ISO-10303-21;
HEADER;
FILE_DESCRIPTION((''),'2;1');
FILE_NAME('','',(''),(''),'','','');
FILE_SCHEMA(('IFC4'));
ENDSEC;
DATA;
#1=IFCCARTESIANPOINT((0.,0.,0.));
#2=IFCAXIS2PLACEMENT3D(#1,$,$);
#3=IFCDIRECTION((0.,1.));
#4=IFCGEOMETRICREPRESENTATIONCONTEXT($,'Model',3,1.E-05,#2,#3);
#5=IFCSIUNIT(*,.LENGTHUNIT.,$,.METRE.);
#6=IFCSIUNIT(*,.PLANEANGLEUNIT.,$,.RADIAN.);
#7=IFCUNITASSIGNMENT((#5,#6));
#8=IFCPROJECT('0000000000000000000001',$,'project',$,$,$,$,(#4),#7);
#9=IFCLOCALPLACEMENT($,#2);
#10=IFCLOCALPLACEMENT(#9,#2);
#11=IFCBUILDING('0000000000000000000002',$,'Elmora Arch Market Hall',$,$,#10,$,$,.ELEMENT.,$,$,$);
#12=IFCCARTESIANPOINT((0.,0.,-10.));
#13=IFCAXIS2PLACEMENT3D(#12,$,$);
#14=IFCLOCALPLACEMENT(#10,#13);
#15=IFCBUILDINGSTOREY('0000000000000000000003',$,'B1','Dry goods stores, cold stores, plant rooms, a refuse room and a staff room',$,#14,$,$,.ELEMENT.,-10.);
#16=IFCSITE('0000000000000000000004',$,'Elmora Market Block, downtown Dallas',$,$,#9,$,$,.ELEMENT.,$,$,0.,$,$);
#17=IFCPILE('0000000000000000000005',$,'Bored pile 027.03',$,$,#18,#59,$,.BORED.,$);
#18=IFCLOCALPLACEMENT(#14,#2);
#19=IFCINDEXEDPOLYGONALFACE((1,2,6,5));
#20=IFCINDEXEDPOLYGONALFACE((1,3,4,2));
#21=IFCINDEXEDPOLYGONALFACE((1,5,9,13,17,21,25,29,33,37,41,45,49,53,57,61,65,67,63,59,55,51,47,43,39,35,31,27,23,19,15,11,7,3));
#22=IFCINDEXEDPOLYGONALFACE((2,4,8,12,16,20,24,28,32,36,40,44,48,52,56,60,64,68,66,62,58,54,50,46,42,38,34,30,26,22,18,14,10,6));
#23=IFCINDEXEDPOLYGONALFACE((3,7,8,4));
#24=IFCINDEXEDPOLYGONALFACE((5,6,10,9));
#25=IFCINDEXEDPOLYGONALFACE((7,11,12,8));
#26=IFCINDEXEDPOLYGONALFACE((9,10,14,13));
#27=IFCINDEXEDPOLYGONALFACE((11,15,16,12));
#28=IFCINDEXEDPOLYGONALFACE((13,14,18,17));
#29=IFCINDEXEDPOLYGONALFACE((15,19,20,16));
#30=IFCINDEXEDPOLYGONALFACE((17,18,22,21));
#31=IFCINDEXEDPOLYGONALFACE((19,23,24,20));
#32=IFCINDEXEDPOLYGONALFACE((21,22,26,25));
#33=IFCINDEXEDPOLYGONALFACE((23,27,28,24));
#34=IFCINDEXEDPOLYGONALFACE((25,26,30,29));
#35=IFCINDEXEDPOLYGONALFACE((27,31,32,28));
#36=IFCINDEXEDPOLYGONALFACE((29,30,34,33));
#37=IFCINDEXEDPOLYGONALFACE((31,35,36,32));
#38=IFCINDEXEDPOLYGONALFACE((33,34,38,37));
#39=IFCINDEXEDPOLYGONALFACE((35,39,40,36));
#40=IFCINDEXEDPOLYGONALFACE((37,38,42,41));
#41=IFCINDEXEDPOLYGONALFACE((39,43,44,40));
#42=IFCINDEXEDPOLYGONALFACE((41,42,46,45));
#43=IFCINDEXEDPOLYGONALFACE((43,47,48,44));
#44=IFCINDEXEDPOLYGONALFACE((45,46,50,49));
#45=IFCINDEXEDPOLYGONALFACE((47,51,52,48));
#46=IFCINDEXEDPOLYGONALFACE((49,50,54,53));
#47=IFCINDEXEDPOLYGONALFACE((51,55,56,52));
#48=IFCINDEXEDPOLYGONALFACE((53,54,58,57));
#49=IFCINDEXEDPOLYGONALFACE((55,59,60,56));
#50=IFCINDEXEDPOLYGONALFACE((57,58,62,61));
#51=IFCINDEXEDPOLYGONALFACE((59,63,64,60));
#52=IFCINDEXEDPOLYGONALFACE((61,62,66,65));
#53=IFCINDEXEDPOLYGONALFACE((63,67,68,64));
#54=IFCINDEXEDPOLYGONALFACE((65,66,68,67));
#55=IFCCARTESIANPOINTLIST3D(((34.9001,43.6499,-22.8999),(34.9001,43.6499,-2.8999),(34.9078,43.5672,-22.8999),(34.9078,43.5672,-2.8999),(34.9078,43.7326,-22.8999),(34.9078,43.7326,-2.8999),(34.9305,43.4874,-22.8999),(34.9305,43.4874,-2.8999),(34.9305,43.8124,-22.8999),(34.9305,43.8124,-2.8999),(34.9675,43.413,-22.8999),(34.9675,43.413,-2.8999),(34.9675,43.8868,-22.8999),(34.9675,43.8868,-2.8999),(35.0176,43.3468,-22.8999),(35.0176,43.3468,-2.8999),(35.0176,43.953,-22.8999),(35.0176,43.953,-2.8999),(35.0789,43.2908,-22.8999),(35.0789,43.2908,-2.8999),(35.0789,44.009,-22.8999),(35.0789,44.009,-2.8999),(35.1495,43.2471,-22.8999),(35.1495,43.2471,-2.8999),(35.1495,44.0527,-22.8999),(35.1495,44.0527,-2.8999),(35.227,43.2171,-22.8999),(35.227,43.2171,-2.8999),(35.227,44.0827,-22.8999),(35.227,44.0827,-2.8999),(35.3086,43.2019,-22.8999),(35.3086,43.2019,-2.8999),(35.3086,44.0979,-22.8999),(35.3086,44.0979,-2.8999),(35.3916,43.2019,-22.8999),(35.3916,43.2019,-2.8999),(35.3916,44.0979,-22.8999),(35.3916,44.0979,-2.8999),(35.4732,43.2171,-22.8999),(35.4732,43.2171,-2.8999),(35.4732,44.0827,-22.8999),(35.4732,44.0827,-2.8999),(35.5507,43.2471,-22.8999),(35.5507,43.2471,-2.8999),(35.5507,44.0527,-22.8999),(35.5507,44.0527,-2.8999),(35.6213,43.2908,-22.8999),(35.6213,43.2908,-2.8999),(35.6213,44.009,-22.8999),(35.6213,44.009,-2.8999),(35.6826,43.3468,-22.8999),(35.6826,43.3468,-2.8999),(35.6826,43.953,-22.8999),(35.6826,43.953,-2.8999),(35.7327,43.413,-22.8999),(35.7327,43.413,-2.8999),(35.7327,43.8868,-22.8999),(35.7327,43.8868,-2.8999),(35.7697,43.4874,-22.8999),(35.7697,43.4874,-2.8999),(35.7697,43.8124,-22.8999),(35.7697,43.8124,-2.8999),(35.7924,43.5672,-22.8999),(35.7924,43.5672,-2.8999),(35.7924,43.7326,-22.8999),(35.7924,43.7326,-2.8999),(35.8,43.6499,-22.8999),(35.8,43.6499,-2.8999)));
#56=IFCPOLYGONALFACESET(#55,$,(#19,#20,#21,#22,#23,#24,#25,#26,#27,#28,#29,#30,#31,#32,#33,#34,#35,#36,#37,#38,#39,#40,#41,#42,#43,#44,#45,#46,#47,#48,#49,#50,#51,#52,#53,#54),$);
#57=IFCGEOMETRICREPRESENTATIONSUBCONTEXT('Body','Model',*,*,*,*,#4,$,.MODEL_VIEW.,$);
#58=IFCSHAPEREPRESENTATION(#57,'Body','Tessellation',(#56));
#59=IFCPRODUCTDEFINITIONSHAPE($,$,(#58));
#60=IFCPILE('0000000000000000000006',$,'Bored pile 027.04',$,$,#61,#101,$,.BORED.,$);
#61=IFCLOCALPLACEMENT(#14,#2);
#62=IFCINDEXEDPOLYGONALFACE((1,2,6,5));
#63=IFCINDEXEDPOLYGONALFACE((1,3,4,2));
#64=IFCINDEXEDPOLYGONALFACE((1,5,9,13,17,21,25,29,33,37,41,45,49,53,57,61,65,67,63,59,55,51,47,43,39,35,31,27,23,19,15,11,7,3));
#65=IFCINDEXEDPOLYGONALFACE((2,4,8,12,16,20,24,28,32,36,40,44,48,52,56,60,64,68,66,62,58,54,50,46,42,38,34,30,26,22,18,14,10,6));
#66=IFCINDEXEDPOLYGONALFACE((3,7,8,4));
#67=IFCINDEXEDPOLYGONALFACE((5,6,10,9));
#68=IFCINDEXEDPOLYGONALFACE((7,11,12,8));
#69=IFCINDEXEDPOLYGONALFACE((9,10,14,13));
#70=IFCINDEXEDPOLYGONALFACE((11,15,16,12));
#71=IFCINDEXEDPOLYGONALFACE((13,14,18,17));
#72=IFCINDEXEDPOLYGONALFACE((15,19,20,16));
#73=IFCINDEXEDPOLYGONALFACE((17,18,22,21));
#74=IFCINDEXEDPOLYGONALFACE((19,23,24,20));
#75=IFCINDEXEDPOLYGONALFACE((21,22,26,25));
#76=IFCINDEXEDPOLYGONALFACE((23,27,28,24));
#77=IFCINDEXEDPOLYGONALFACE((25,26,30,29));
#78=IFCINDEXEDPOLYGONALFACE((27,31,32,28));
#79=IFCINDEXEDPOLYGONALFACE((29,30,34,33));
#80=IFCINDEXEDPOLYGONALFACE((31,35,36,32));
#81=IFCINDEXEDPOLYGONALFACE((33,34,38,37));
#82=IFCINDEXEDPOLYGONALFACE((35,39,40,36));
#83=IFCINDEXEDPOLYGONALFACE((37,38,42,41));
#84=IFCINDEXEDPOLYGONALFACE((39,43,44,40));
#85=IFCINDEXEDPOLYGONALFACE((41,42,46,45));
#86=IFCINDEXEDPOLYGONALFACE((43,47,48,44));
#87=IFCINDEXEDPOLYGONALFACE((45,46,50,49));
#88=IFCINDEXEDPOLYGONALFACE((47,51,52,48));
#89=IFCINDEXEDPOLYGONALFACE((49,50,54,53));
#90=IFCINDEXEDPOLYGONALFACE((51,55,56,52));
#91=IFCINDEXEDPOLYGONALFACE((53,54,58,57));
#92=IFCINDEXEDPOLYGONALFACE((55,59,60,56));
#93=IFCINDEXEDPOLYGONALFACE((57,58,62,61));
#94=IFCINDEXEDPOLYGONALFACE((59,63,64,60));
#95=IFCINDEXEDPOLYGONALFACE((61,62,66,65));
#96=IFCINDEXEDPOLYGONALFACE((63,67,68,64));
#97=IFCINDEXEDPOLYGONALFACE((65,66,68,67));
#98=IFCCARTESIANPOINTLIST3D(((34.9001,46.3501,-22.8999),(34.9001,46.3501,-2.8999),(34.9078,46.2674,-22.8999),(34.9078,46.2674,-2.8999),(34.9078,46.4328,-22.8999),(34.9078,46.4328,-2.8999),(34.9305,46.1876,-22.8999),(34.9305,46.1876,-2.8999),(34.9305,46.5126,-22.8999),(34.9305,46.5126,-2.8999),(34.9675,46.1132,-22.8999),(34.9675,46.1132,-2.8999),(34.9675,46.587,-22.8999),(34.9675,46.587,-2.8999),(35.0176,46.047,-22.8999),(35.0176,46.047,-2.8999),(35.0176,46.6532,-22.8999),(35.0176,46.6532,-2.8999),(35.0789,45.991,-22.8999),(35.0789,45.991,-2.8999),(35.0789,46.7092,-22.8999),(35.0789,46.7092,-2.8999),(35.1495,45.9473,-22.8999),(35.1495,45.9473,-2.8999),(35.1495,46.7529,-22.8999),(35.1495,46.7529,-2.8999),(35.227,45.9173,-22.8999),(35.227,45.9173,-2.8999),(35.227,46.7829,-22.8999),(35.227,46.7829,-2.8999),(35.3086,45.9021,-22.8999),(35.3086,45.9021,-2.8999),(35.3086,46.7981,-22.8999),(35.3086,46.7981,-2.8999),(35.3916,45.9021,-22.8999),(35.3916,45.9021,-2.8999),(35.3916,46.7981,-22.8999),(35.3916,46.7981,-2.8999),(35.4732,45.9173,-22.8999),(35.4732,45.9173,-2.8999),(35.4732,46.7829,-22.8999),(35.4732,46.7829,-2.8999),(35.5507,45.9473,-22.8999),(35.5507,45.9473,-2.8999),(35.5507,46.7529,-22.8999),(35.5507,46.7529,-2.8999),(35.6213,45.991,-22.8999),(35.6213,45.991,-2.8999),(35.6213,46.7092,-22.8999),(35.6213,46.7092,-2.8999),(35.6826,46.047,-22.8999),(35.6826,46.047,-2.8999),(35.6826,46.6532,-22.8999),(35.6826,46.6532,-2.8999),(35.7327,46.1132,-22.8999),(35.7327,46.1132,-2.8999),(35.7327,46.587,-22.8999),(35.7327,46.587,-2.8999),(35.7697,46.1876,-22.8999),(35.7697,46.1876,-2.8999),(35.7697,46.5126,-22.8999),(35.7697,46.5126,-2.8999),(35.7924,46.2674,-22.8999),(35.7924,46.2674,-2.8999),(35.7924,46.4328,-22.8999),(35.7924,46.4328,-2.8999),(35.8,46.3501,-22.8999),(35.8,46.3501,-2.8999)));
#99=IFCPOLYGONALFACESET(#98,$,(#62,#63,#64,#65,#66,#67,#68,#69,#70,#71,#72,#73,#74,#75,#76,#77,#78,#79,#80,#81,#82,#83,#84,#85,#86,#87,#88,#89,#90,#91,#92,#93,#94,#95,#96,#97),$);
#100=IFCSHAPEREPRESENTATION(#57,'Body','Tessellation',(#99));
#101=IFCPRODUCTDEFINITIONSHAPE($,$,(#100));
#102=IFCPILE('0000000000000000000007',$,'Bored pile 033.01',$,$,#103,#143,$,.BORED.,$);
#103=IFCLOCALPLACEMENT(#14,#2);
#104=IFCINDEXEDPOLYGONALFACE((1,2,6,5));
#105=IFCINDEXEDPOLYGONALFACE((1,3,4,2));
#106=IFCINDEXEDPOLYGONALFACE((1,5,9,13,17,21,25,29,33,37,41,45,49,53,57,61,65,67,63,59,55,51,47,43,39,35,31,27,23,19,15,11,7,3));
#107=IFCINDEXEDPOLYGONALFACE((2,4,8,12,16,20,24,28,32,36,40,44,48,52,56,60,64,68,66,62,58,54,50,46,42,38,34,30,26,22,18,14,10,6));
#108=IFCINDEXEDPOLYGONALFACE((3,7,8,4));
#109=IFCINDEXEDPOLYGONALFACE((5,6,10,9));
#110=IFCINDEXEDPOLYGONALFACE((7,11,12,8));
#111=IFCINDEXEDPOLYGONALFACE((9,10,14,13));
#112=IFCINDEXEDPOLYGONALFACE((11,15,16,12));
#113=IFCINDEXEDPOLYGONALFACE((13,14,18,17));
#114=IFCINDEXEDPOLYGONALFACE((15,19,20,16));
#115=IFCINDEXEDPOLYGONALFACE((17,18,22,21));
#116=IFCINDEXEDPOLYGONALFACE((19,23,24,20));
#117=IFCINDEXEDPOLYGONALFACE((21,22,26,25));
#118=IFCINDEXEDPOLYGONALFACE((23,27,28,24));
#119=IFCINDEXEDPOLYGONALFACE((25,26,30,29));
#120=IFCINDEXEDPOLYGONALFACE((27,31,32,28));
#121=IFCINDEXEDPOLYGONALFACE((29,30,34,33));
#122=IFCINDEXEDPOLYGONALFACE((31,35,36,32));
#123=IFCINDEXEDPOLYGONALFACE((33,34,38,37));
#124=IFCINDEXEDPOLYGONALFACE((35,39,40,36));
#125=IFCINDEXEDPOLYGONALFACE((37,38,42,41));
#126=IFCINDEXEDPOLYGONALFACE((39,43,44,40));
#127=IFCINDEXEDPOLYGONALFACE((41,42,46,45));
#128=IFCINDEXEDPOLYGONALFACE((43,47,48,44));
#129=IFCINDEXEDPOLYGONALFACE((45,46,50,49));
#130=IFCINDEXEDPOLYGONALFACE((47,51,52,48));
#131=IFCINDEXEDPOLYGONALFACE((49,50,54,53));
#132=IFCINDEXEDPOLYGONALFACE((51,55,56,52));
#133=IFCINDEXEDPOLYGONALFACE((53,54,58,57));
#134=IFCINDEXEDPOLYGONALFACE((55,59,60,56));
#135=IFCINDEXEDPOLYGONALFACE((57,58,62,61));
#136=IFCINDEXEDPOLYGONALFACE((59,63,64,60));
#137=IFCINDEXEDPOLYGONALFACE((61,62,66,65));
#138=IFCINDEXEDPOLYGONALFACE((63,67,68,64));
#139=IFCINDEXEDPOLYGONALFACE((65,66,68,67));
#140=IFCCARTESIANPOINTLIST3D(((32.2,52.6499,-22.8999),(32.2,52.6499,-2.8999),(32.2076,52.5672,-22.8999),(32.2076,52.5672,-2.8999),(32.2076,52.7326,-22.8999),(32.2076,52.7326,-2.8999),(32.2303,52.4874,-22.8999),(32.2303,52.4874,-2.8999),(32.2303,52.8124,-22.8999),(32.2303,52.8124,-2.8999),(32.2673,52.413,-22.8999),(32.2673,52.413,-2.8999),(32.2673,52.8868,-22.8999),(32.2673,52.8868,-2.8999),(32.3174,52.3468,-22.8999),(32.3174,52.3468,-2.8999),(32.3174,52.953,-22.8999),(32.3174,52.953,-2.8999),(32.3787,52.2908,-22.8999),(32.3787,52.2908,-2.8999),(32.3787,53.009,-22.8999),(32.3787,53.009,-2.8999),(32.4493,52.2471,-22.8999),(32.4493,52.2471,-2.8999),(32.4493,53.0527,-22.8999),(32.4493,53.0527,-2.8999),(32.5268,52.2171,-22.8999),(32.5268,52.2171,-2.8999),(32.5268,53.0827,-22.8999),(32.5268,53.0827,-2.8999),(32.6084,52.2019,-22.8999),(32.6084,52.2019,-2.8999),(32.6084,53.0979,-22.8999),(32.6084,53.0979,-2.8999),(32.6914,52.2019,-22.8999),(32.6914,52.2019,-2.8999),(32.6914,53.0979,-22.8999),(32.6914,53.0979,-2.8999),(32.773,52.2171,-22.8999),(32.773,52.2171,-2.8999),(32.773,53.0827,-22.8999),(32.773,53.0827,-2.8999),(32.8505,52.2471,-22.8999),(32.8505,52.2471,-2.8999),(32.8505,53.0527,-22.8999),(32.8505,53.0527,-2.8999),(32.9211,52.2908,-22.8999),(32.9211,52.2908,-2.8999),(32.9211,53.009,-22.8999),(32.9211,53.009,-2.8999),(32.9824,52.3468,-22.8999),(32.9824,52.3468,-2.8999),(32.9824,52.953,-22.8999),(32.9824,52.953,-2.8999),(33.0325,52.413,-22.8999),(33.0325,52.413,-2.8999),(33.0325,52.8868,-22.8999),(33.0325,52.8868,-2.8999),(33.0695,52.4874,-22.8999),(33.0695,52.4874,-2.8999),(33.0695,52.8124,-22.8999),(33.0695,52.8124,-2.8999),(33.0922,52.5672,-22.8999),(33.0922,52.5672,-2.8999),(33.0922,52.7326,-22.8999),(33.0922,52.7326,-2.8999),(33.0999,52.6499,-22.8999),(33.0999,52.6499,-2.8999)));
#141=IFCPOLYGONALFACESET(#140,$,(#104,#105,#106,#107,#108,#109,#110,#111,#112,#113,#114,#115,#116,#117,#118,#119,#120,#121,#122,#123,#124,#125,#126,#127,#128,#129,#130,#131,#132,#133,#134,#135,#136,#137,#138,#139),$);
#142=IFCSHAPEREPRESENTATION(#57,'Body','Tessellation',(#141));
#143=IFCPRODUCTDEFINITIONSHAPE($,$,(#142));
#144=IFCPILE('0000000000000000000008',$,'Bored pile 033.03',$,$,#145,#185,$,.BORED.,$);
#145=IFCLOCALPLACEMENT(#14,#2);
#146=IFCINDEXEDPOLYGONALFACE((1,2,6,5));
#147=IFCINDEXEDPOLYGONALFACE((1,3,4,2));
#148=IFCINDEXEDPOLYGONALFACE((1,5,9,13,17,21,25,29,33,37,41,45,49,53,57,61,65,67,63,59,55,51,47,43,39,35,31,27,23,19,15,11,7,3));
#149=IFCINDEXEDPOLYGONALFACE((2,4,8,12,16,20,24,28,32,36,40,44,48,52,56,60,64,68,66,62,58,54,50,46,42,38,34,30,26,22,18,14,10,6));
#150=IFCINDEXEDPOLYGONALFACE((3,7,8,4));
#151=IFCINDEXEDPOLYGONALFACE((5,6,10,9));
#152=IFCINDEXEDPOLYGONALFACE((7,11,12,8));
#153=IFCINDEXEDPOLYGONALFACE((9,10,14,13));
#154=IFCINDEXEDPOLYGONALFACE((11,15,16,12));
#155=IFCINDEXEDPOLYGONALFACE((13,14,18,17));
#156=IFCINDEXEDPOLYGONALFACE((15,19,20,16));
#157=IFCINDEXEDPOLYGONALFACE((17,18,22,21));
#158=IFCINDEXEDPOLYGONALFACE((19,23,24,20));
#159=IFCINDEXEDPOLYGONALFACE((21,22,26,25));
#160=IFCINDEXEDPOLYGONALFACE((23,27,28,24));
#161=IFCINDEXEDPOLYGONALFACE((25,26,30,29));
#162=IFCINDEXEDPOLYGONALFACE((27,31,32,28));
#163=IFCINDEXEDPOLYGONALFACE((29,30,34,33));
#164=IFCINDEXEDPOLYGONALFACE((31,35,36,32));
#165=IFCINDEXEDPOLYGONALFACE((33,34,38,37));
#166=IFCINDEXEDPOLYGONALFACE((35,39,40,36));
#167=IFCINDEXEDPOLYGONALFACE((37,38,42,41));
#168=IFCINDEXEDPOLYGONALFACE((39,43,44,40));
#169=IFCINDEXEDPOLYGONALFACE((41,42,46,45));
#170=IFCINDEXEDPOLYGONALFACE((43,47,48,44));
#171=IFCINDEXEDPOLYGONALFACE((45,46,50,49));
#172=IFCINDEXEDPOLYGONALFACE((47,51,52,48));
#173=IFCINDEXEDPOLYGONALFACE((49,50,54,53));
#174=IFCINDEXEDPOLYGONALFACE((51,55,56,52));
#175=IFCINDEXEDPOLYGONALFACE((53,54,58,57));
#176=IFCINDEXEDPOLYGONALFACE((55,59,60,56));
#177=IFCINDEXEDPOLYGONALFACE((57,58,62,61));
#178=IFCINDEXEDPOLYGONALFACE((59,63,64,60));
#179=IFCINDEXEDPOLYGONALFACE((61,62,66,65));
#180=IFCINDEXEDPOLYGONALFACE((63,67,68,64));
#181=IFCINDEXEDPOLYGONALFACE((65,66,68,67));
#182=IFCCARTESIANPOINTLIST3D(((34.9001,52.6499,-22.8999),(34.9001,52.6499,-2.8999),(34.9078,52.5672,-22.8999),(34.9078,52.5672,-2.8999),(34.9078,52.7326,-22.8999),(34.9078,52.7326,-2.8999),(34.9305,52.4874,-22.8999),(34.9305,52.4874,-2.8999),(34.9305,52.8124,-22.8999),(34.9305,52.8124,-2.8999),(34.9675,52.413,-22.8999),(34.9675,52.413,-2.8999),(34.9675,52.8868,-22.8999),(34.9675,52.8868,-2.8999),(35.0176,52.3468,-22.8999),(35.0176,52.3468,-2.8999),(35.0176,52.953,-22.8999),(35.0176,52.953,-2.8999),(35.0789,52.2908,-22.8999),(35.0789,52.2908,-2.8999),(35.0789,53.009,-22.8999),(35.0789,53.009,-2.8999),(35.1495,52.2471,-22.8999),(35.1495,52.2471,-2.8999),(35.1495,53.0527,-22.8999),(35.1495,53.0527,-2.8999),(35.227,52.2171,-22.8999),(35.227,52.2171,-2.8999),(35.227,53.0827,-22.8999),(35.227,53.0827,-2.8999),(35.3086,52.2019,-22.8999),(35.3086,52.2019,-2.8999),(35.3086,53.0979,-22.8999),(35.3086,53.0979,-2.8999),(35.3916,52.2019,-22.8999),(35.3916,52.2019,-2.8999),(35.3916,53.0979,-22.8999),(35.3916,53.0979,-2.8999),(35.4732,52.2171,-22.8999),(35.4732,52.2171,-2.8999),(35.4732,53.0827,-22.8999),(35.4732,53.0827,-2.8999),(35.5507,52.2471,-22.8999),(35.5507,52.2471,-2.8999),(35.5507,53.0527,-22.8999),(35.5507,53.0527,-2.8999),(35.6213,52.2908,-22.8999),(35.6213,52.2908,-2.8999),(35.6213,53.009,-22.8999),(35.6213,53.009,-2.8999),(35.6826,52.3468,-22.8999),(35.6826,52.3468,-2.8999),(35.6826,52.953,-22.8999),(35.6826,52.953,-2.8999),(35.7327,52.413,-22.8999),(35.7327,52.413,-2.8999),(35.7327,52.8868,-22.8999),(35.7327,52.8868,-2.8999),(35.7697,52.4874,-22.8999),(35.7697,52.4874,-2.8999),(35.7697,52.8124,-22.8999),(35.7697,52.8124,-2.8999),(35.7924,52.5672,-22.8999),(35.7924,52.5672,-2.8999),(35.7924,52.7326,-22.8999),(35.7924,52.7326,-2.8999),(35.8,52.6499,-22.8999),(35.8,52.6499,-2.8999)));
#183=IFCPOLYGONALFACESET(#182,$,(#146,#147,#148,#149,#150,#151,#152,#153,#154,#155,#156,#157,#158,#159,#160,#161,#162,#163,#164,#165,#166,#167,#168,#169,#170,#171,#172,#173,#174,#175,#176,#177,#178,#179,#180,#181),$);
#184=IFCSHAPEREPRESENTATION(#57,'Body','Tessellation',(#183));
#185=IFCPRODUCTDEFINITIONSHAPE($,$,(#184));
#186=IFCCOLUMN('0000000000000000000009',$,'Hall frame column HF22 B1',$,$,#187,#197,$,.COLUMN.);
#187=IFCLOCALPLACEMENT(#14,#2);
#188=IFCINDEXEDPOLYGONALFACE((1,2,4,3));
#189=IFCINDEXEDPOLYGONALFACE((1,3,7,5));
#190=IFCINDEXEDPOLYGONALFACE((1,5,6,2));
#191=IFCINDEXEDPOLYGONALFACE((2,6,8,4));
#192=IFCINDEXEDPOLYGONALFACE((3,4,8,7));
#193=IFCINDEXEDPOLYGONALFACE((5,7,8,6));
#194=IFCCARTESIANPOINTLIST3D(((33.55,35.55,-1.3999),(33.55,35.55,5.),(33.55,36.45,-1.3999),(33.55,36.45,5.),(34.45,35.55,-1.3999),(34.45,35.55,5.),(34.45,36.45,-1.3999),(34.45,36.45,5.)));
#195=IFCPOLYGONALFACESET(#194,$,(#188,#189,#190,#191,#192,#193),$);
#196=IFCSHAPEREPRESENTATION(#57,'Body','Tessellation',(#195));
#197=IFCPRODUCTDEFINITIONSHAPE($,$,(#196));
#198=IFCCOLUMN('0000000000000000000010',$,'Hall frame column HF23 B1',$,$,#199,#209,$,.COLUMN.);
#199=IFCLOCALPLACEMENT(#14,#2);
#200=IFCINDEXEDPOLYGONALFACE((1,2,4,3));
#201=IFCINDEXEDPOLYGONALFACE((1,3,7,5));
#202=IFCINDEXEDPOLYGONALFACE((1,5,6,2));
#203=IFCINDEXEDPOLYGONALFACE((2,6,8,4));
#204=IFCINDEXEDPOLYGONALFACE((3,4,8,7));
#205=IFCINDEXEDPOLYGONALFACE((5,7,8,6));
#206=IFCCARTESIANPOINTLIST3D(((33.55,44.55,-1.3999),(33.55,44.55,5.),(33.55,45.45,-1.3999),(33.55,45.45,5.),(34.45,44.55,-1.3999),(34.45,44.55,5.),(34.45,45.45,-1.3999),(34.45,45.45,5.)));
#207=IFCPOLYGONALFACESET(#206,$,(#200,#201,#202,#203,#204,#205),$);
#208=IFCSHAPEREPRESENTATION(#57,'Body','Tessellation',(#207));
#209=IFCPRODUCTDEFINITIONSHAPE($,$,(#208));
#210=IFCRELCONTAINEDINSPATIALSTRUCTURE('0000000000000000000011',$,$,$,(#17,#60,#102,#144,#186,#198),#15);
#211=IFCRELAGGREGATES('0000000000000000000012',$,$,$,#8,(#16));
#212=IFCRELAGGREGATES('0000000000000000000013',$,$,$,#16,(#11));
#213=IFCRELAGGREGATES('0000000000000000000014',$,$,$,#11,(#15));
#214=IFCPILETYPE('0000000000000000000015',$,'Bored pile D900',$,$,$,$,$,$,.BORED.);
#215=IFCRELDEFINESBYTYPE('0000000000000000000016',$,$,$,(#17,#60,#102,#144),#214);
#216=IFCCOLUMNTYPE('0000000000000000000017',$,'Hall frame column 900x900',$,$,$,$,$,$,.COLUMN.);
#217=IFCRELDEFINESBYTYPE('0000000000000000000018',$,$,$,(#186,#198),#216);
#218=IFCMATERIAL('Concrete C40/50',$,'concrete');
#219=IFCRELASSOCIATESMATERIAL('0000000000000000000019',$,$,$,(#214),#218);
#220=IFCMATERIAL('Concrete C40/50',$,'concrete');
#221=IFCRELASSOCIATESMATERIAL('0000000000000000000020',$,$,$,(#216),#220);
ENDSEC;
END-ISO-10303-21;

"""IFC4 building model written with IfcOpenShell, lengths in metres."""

from ifc_helpers import new_model, si_unit, direction, frame, origin, origin_2d, place, context, subcontext, project, spatial, rectangle, circle, extrude, material, material_profile, profile_set, type_object, element, save


model = new_model("IFC4")

# Units and contexts
model_context = context("Model", 3, precision=1e-05, world=origin(), true_north=direction((0.0, 1.0)))
body_context = subcontext(model_context, "Body", "Model", "MODEL_VIEW")
ifc_project = project(units=[si_unit("LENGTHUNIT", "METRE"), si_unit("PLANEANGLEUNIT", "RADIAN")], contexts=[model_context])

# Site, building, storey
site_placement = place(None, origin())
site = spatial("IfcSite", under=ifc_project, at=site_placement, Name="Elmora Market Block, downtown Dallas", CompositionType="ELEMENT", RefElevation=0.0)
building_placement = place(site_placement, origin())
building = spatial("IfcBuilding", under=site, at=building_placement, Name="Elmora Arch Market Hall", CompositionType="ELEMENT")
storey_placement = place(building_placement, frame((0.0, 0.0, -10.0)))
storey = spatial("IfcBuildingStorey", under=building, at=storey_placement, Name="B1", Description="Dry goods stores, cold stores, plant rooms, a refuse room and a staff room", CompositionType="ELEMENT", Elevation=-10.0)

# Piles
ifc_material_1 = material(Name="Concrete C40/50", Category="concrete")
ifc_material_profile_1 = material_profile(ifc_material_1, circle(Radius=0.45, at=origin_2d()), Name="Bored pile D900")
ifc_profile_set_1 = profile_set([ifc_material_profile_1], Name="Concrete C40/50")
pile_type = type_object("IfcPileType", Name="Bored pile D900", PredefinedType="BORED", material=ifc_profile_set_1)
for number, where, z_axis, x_axis, name in (
    (1, (35.3501, 43.6499, -2.8999), (0.0, 0.0, -1.0), (1.0, 0.0, 0.0), "Bored pile 027.03"),
    (2, (35.3501, 46.3501, -2.8999), (0.0, 0.0, -1.0), (1.0, 0.0, 0.0), "Bored pile 027.04"),
    (3, (32.6499, 52.6499, -2.8999), (0.0, 0.0, -1.0), (1.0, 0.0, 0.0), "Bored pile 033.01"),
    (4, (35.3501, 52.6499, -2.8999), (0.0, 0.0, -1.0), (1.0, 0.0, 0.0), "Bored pile 033.03"),
):
    element("IfcPile", number, at=place(storey_placement, frame(where, z_axis=z_axis, x_axis=x_axis)), inside=storey, type_object=pile_type, Name=name, PredefinedType="BORED", context=body_context, shape_type="SweptSolid", body=[
        extrude(circle(Radius=0.45, at=origin_2d()), origin(), (0.0, 0.0, 1.0), 20.0),
    ])

# Columns
ifc_material_2 = material(Name="Concrete C40/50", Category="concrete")
ifc_material_profile_2 = material_profile(ifc_material_2, rectangle(XDim=0.8999, YDim=0.8999, at=origin_2d()), Name="Hall frame column 900x900")
ifc_profile_set_2 = profile_set([ifc_material_profile_2], Name="Concrete C40/50")
column_type = type_object("IfcColumnType", Name="Hall frame column 900x900", PredefinedType="COLUMN", material=ifc_profile_set_2)
for number, where, z_axis, x_axis, name in (
    (5, (34.0, 36.0, -1.3999), (0.0, 0.0, 1.0), (1.0, 0.0, 0.0), "Hall frame column HF22 B1"),
    (6, (34.0, 45.0, -1.3999), (0.0, 0.0, 1.0), (1.0, 0.0, 0.0), "Hall frame column HF23 B1"),
):
    element("IfcColumn", number, at=place(storey_placement, frame(where, z_axis=z_axis, x_axis=x_axis)), inside=storey, type_object=column_type, Name=name, PredefinedType="COLUMN", context=body_context, shape_type="SweptSolid", body=[
        extrude(rectangle(XDim=0.8999, YDim=0.8999, at=origin_2d()), origin(), (0.0, 0.0, 1.0), 6.3999),
    ])

save(model, "model.ifc")
